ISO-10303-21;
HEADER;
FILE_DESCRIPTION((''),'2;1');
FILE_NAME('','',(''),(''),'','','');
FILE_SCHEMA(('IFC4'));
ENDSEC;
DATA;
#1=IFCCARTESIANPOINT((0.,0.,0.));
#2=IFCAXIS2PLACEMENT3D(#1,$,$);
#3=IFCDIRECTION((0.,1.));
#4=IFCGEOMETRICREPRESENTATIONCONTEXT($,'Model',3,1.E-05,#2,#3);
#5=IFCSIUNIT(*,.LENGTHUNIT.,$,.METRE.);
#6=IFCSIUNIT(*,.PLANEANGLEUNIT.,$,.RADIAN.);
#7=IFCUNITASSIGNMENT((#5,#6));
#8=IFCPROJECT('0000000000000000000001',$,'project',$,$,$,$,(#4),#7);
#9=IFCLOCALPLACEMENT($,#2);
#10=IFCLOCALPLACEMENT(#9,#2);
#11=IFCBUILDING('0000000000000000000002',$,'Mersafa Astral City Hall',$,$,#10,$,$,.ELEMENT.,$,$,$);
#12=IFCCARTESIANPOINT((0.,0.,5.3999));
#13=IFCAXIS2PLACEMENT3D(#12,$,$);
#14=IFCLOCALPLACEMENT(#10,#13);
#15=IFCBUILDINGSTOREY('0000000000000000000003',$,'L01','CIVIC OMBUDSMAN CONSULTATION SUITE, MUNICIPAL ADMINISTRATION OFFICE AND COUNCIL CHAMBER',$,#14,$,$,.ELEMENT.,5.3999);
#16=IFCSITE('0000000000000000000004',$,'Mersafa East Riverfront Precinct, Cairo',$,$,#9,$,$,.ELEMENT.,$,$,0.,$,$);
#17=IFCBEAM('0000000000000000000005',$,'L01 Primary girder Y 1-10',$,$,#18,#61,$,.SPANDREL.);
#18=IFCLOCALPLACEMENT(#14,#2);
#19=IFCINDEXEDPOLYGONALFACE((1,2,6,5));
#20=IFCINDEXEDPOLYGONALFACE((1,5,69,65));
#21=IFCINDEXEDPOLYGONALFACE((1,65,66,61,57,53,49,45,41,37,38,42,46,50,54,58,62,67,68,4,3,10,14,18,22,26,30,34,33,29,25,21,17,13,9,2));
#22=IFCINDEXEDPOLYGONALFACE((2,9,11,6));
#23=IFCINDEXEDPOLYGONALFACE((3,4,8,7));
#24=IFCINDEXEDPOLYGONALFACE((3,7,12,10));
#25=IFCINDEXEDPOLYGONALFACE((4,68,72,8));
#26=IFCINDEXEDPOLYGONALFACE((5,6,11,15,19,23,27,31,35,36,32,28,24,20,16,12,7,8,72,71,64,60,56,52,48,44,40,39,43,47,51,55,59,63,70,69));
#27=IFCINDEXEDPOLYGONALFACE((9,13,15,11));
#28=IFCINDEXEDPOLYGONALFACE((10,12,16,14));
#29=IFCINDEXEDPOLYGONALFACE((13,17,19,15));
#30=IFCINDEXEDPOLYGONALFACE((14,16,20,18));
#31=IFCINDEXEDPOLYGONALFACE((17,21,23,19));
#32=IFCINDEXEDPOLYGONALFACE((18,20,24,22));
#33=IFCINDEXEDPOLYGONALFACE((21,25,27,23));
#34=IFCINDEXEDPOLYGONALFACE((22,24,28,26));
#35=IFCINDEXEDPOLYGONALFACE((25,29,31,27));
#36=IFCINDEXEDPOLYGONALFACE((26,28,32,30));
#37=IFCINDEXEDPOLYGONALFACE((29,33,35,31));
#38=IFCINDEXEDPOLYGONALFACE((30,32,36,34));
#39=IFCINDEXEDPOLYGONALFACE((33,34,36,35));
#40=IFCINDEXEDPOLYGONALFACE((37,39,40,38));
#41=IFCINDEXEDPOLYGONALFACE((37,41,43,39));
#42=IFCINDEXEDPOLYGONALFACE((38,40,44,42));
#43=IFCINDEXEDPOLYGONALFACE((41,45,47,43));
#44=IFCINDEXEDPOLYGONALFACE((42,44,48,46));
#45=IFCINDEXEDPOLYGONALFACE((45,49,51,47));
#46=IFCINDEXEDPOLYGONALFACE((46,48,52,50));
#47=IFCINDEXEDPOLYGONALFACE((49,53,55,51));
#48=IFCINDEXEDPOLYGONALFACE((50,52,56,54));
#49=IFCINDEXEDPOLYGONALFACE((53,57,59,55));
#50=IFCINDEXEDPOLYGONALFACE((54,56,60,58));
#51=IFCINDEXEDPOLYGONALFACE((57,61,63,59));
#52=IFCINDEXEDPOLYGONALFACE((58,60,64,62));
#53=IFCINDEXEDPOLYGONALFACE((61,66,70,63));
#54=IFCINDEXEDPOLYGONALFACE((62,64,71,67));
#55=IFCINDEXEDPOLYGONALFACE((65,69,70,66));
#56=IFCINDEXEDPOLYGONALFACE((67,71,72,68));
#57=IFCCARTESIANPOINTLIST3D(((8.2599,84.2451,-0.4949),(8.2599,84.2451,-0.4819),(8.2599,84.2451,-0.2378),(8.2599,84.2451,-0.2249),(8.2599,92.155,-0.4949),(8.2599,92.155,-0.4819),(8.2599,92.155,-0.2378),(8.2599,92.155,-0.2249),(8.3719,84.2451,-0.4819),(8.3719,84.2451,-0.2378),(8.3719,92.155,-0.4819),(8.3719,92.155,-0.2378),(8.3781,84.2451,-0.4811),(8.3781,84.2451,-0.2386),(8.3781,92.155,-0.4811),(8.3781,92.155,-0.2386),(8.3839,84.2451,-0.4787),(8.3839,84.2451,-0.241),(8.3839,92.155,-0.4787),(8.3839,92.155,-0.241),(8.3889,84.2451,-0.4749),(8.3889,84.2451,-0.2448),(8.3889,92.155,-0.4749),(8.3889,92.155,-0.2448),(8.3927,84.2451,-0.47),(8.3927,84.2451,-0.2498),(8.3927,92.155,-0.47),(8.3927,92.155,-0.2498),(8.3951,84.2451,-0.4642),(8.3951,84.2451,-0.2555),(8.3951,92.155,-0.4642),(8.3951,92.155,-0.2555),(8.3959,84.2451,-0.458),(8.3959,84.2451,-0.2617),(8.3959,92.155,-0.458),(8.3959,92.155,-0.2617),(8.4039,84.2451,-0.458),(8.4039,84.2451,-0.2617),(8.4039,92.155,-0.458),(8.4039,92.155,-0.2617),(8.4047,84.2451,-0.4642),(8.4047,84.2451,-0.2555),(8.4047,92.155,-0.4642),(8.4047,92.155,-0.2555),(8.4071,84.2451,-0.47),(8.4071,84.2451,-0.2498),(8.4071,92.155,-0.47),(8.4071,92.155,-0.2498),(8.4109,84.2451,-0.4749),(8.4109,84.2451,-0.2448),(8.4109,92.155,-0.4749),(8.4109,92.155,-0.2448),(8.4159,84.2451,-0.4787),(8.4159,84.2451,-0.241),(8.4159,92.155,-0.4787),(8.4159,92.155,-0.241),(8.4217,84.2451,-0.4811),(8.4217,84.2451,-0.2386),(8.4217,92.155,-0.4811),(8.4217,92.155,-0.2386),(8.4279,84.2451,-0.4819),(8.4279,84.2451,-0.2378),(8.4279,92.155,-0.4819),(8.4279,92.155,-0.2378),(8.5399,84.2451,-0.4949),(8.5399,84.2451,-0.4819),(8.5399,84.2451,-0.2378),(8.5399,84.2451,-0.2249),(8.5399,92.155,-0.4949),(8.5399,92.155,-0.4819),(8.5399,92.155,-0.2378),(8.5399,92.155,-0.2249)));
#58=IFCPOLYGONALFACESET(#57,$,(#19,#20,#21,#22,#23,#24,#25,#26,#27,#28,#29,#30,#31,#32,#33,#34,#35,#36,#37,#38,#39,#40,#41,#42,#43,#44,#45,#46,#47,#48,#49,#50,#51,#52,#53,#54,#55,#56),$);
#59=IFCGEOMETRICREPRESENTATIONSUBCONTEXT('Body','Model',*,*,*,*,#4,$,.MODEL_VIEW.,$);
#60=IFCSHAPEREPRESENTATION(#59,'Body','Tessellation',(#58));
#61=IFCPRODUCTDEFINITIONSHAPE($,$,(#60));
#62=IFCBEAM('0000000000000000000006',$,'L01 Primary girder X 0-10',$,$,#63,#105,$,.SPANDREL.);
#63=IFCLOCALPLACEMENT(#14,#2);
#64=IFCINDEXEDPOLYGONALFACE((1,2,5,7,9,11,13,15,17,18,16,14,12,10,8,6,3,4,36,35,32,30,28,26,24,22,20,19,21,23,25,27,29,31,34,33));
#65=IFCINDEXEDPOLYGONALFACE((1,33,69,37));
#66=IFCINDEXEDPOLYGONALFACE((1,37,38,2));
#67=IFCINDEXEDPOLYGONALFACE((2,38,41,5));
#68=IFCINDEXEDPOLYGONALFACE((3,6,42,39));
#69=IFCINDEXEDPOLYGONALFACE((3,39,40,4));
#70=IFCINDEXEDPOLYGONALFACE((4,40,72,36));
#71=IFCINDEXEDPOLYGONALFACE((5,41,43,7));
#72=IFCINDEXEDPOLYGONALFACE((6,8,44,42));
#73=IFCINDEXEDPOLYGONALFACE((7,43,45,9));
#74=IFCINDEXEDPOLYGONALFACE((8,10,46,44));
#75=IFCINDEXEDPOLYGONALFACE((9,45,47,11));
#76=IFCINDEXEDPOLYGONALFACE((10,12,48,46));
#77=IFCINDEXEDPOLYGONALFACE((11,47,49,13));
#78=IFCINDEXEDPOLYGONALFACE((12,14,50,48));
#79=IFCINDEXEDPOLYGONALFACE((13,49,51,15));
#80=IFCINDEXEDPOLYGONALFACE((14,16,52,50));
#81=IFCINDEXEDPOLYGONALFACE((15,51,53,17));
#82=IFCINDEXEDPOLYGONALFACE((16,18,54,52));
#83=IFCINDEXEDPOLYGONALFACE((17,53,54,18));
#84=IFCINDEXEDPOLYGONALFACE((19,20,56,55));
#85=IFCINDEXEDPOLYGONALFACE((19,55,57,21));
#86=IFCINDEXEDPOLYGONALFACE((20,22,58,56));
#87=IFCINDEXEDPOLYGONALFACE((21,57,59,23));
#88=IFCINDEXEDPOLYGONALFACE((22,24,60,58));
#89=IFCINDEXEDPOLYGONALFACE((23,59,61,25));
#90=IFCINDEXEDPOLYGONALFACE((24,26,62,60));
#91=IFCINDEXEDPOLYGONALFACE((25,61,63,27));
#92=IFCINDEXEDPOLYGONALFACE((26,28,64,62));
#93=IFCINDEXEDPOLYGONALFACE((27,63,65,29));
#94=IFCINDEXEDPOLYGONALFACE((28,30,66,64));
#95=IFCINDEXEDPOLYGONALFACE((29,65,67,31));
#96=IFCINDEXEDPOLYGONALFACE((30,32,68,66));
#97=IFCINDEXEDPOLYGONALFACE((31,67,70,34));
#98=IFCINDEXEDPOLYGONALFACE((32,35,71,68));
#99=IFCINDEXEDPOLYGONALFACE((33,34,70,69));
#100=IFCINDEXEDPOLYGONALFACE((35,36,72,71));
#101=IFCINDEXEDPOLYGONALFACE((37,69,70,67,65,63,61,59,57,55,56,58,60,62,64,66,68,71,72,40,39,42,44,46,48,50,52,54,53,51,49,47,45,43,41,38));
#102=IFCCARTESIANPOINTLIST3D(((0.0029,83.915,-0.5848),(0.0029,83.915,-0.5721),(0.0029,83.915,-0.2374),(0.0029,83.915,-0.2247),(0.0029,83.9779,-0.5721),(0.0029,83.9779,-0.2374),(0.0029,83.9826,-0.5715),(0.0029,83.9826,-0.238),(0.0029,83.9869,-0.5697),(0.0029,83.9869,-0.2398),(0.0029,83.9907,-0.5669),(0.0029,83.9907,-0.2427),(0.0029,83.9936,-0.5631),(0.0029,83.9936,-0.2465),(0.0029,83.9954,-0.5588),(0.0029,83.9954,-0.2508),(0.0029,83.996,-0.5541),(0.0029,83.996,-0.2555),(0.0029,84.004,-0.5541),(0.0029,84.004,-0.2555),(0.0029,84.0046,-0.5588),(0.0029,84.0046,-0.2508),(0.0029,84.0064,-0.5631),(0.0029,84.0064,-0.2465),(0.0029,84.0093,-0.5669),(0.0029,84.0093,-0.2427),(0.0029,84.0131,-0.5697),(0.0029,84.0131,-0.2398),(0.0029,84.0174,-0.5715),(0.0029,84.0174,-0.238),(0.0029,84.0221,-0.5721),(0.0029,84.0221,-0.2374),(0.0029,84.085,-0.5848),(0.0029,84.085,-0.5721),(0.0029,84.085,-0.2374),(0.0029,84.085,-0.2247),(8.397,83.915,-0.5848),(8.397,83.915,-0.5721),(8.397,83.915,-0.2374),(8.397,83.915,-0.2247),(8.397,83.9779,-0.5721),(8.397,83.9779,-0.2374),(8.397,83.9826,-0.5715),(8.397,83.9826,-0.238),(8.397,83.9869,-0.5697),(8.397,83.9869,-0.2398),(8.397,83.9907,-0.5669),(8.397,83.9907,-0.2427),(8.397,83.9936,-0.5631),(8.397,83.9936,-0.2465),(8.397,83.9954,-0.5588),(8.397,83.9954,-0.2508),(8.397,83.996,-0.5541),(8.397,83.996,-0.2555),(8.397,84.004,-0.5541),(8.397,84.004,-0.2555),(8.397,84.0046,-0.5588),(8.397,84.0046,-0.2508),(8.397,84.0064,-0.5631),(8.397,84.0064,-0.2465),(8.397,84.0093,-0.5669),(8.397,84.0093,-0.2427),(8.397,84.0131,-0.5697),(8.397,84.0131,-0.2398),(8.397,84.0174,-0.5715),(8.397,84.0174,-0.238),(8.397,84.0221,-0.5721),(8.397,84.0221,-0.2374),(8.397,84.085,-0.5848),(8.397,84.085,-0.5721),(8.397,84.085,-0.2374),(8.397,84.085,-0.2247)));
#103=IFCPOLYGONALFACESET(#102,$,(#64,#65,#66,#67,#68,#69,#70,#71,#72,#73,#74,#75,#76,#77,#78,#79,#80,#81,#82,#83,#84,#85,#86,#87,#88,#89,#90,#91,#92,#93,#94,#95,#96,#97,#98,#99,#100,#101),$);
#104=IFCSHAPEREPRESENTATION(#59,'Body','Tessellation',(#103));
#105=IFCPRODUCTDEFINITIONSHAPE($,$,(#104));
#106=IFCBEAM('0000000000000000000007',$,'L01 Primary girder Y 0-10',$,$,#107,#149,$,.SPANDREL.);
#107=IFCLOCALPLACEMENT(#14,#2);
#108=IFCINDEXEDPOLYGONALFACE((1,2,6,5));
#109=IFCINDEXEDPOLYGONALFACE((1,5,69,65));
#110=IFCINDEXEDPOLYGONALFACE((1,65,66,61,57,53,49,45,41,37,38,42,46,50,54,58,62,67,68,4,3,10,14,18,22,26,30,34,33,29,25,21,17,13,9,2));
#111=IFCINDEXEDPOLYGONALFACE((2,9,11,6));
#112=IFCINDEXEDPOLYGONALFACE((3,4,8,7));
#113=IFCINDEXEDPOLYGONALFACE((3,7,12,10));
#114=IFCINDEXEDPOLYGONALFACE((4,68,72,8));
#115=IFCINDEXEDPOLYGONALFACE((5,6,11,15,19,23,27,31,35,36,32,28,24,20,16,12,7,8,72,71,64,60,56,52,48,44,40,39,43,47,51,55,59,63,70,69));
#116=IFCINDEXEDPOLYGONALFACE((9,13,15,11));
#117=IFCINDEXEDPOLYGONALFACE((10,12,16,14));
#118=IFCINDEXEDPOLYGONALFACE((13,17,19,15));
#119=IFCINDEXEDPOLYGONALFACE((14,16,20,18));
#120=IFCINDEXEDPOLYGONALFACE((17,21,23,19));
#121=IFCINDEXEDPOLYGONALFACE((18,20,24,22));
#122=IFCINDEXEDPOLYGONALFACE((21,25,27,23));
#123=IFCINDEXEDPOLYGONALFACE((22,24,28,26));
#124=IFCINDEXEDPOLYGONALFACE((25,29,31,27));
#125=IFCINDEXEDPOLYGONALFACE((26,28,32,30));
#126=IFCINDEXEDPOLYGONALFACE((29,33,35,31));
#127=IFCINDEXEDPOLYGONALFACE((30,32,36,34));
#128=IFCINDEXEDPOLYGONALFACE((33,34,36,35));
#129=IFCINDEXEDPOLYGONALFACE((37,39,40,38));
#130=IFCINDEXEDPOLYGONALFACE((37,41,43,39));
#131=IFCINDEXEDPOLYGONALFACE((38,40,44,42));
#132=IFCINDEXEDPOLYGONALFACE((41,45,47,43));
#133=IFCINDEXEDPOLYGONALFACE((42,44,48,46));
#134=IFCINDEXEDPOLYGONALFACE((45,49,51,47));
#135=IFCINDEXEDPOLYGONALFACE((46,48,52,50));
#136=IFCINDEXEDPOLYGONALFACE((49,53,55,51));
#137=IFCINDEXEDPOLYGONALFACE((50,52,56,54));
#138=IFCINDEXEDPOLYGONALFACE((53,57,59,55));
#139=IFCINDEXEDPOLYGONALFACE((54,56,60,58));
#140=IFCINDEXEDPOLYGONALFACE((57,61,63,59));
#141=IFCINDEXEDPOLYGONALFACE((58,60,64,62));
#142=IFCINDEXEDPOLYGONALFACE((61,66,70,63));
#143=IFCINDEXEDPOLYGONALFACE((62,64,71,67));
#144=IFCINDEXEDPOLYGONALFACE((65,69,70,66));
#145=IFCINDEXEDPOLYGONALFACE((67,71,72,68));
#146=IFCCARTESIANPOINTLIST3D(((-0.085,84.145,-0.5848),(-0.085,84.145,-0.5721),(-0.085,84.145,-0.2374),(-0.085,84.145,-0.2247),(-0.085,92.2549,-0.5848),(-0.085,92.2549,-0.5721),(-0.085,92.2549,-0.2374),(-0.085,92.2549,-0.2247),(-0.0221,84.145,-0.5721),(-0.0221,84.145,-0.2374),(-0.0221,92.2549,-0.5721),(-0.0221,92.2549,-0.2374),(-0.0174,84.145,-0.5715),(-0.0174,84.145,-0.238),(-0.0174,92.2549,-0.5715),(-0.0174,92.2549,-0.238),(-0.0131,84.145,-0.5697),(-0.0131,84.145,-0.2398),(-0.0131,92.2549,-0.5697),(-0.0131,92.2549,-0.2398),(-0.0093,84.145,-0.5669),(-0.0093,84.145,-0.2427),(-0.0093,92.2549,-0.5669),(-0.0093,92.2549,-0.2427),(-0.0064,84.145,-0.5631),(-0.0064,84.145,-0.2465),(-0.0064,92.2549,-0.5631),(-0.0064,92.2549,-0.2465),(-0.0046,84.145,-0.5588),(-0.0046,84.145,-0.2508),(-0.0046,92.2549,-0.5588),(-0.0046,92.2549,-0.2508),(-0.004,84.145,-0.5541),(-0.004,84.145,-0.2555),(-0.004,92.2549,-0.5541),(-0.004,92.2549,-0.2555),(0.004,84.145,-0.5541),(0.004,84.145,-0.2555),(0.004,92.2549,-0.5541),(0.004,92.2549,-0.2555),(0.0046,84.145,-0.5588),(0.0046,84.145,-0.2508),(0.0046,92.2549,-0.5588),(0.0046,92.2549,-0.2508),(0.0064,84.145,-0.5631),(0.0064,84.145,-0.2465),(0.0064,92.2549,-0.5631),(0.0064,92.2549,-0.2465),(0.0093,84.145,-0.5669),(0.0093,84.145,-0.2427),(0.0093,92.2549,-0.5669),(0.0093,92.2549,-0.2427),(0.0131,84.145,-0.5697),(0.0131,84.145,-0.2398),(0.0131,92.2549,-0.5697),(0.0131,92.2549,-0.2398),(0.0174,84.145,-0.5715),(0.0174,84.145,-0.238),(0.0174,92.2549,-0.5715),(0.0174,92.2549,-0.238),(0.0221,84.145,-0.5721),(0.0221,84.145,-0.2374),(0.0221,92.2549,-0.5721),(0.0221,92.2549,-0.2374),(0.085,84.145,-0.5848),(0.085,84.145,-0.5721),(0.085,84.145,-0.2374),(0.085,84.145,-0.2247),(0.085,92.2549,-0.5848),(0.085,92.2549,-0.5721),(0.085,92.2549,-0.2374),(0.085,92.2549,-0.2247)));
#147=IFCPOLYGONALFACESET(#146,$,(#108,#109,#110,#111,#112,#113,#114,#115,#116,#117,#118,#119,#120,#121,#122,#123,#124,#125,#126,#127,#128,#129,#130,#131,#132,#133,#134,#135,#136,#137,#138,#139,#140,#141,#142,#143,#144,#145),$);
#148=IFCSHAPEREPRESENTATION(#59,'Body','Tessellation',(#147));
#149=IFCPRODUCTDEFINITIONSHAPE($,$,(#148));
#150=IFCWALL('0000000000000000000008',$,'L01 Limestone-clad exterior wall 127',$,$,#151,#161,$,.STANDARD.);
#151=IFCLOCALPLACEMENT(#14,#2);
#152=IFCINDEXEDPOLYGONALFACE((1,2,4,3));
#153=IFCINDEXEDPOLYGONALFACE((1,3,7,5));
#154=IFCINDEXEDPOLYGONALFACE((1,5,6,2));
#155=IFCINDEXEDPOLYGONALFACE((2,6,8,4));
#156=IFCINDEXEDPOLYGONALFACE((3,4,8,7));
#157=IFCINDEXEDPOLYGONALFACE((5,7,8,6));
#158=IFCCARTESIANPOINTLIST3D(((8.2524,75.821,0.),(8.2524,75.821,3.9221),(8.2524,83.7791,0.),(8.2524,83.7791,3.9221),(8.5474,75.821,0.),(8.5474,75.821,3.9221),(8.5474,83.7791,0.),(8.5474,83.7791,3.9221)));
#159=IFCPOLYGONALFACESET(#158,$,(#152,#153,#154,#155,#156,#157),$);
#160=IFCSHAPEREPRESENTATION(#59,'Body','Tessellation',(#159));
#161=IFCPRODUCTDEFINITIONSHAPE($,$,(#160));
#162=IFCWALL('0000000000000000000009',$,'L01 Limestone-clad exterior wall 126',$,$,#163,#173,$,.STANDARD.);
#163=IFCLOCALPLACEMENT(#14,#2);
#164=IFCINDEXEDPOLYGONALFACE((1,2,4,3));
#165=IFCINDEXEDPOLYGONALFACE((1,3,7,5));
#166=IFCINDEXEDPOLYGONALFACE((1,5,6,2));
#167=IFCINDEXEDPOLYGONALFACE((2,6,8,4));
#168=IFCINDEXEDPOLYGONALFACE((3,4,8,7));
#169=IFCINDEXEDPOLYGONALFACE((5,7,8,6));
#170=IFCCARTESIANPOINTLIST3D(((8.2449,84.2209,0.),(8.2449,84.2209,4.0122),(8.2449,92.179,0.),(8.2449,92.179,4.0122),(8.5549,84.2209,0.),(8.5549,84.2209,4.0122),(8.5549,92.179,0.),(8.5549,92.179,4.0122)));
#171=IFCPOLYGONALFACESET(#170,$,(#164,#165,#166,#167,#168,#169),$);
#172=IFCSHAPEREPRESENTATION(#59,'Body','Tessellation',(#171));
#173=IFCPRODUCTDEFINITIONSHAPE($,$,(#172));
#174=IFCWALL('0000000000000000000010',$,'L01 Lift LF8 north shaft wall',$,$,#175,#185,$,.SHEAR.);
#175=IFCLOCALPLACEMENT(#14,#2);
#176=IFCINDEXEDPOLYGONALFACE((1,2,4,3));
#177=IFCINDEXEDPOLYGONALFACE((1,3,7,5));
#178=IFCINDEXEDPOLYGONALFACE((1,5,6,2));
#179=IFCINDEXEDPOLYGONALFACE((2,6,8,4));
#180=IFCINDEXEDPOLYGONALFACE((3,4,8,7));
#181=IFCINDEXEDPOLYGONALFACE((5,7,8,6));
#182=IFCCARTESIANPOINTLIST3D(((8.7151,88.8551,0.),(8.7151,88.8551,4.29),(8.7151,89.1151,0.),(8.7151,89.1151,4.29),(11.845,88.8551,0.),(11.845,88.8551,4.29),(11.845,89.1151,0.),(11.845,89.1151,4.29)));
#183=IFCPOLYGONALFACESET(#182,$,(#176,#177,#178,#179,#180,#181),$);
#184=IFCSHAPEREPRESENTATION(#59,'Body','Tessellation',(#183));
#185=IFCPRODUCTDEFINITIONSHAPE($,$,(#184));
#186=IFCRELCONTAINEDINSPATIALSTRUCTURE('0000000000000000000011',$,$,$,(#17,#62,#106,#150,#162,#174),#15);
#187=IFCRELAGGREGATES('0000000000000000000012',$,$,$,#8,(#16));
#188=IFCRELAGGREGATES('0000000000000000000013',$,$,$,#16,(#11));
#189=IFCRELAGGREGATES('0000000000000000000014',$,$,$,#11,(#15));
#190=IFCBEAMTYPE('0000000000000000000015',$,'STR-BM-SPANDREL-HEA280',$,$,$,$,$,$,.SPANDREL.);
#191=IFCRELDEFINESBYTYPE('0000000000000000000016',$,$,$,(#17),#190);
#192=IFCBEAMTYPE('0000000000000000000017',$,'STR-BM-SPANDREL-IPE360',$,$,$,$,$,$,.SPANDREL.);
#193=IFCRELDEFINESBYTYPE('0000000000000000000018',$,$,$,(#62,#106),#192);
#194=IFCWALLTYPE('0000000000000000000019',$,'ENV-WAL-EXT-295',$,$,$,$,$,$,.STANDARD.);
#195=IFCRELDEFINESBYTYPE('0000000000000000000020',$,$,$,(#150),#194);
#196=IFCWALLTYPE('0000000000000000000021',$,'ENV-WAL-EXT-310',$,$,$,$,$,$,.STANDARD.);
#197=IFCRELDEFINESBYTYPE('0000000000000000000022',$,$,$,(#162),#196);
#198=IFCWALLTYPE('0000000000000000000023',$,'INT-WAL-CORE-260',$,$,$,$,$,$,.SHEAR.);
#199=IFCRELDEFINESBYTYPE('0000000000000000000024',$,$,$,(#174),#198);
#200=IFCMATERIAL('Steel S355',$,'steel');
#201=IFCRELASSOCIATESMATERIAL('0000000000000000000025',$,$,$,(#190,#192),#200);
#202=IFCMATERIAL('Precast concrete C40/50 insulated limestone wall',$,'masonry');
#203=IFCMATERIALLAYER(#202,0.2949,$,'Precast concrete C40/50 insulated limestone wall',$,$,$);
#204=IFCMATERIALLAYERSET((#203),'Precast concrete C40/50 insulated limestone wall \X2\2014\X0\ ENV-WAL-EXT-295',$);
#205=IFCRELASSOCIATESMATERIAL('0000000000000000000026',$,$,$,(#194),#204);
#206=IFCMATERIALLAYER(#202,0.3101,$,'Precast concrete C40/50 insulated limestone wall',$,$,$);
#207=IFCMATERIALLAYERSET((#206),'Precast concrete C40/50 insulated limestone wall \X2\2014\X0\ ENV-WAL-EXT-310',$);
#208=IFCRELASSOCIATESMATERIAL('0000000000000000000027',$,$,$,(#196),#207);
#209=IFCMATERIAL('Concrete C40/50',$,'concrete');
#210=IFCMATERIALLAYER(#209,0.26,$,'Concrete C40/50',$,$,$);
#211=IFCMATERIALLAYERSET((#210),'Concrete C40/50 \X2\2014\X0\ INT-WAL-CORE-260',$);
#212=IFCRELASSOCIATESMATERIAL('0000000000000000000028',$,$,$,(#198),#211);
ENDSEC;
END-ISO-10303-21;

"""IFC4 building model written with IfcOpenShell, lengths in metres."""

from ifc_helpers import new_model, si_unit, direction, frame, frame_2d, origin, origin_2d, place, context, subcontext, project, spatial, rectangle, i_section, extrude, material, layer, layer_set, material_profile, profile_set, type_object, element, save


model = new_model("IFC4")

# Units and contexts
model_context = context("Model", 3, precision=1e-05, world=origin(), true_north=direction((0.0, 1.0)))
body_context = subcontext(model_context, "Body", "Model", "MODEL_VIEW")
ifc_project = project(units=[si_unit("LENGTHUNIT", "METRE"), si_unit("PLANEANGLEUNIT", "RADIAN")], contexts=[model_context])

# Site, building, storey
site_placement = place(None, origin())
site = spatial("IfcSite", under=ifc_project, at=site_placement, Name="Mersafa East Riverfront Precinct, Cairo", CompositionType="ELEMENT", RefElevation=0.0)
building_placement = place(site_placement, origin())
building = spatial("IfcBuilding", under=site, at=building_placement, Name="Mersafa Astral City Hall", CompositionType="ELEMENT")
storey_placement = place(building_placement, frame((0.0, 0.0, 5.3999)))
storey = spatial("IfcBuildingStorey", under=building, at=storey_placement, Name="L01", Description="CIVIC OMBUDSMAN CONSULTATION SUITE, MUNICIPAL ADMINISTRATION OFFICE AND COUNCIL CHAMBER", CompositionType="ELEMENT", Elevation=5.3999)

# Shared definitions
ifc_material_1 = material(Name="Steel S355", Category="steel")

# Beams
ifc_material_profile_1 = material_profile(ifc_material_1, i_section(OverallWidth=0.28, OverallDepth=0.27, WebThickness=0.0081, FlangeThickness=0.0129, FilletRadius=0.0239, at=origin_2d()), Name="HEA 280")
ifc_profile_set_1 = profile_set([ifc_material_profile_1], Name="Steel S355")
beam_type_1 = type_object("IfcBeamType", Name="STR-BM-SPANDREL-HEA280", PredefinedType="SPANDREL", material=ifc_profile_set_1)
beam_1_placement = place(storey_placement, frame((8.3999, 84.2451, -0.3599), z_axis=(0.0, 1.0, 0.0), x_axis=(-1.0, 0.0, 0.0)))
element("IfcBeam", 1, at=beam_1_placement, inside=storey, type_object=beam_type_1, Name="L01 Primary girder Y 1-10", PredefinedType="SPANDREL", context=body_context, shape_type="SweptSolid", body=[
    extrude(i_section(OverallWidth=0.28, OverallDepth=0.27, WebThickness=0.0081, FlangeThickness=0.0129, FilletRadius=0.0239, at=origin_2d()), origin(), (0.0, 0.0, 1.0), 7.9099),
])
ifc_material_profile_2 = material_profile(ifc_material_1, i_section(OverallWidth=0.1699, OverallDepth=0.3601, WebThickness=0.0081, FlangeThickness=0.0127, FilletRadius=0.0181, at=origin_2d()), Name="IPE 360")
ifc_profile_set_2 = profile_set([ifc_material_profile_2], Name="Steel S355")
beam_type_2 = type_object("IfcBeamType", Name="STR-BM-SPANDREL-IPE360", PredefinedType="SPANDREL", material=ifc_profile_set_2)
beam_2_placement = place(storey_placement, frame((0.0029, 84.0, -0.4048), z_axis=(1.0, 0.0, 0.0), x_axis=(0.0, 1.0, 0.0)))
element("IfcBeam", 2, at=beam_2_placement, inside=storey, type_object=beam_type_2, Name="L01 Primary girder X 0-10", PredefinedType="SPANDREL", context=body_context, shape_type="SweptSolid", body=[
    extrude(i_section(OverallWidth=0.1699, OverallDepth=0.3601, WebThickness=0.0081, FlangeThickness=0.0127, FilletRadius=0.0181, at=origin_2d()), origin(), (0.0, 0.0, 1.0), 8.394),
])
beam_3_placement = place(storey_placement, frame((0.0, 84.145, -0.4048), z_axis=(0.0, 1.0, 0.0), x_axis=(-1.0, 0.0, 0.0)))
element("IfcBeam", 3, at=beam_3_placement, inside=storey, type_object=beam_type_2, Name="L01 Primary girder Y 0-10", PredefinedType="SPANDREL", context=body_context, shape_type="SweptSolid", body=[
    extrude(i_section(OverallWidth=0.1699, OverallDepth=0.3601, WebThickness=0.0081, FlangeThickness=0.0127, FilletRadius=0.0181, at=origin_2d()), origin(), (0.0, 0.0, 1.0), 8.1099),
])

# Walls
ifc_material_2 = material(Name="Precast concrete C40/50 insulated limestone wall", Category="masonry")
ifc_layer_1 = layer(ifc_material_2, 0.2949, Name="Precast concrete C40/50 insulated limestone wall")
ifc_layer_set_1 = layer_set([ifc_layer_1], Name="Precast concrete C40/50 insulated limestone wall — ENV-WAL-EXT-295")
wall_type_1 = type_object("IfcWallType", Name="ENV-WAL-EXT-295", PredefinedType="STANDARD", material=ifc_layer_set_1)
wall_1_placement = place(storey_placement, frame((8.3999, 83.7791, 0.0), z_axis=(0.0, 0.0, 1.0), x_axis=(0.0, -1.0, 0.0)))
element("IfcWall", 4, at=wall_1_placement, inside=storey, type_object=wall_type_1, Name="L01 Limestone-clad exterior wall 127", PredefinedType="STANDARD", context=body_context, shape_type="SweptSolid", body=[
    extrude(rectangle(XDim=7.958, YDim=0.2949, at=frame_2d((3.979, 0.0))), origin(), (0.0, 0.0, 1.0), 3.9221),
])
ifc_layer_2 = layer(ifc_material_2, 0.3101, Name="Precast concrete C40/50 insulated limestone wall")
ifc_layer_set_2 = layer_set([ifc_layer_2], Name="Precast concrete C40/50 insulated limestone wall — ENV-WAL-EXT-310")
wall_type_2 = type_object("IfcWallType", Name="ENV-WAL-EXT-310", PredefinedType="STANDARD", material=ifc_layer_set_2)
wall_2_placement = place(storey_placement, frame((8.3999, 92.179, 0.0), z_axis=(0.0, 0.0, 1.0), x_axis=(0.0, -1.0, 0.0)))
element("IfcWall", 5, at=wall_2_placement, inside=storey, type_object=wall_type_2, Name="L01 Limestone-clad exterior wall 126", PredefinedType="STANDARD", context=body_context, shape_type="SweptSolid", body=[
    extrude(rectangle(XDim=7.958, YDim=0.3101, at=frame_2d((3.979, 0.0))), origin(), (0.0, 0.0, 1.0), 4.0122),
])
ifc_material_3 = material(Name="Concrete C40/50", Category="concrete")
ifc_layer_3 = layer(ifc_material_3, 0.26, Name="Concrete C40/50")
ifc_layer_set_3 = layer_set([ifc_layer_3], Name="Concrete C40/50 — INT-WAL-CORE-260")
wall_type_3 = type_object("IfcWallType", Name="INT-WAL-CORE-260", PredefinedType="SHEAR", material=ifc_layer_set_3)
wall_3_placement = place(storey_placement, frame((8.7151, 88.9851, 0.0), z_axis=(0.0, 0.0, 1.0), x_axis=(1.0, 0.0, 0.0)))
element("IfcWall", 6, at=wall_3_placement, inside=storey, type_object=wall_type_3, Name="L01 Lift LF8 north shaft wall", PredefinedType="SHEAR", context=body_context, shape_type="SweptSolid", body=[
    extrude(rectangle(XDim=3.1299, YDim=0.26, at=frame_2d((1.5649, 0.0))), origin(), (0.0, 0.0, 1.0), 4.29),
])

save(model, "model.ifc")
